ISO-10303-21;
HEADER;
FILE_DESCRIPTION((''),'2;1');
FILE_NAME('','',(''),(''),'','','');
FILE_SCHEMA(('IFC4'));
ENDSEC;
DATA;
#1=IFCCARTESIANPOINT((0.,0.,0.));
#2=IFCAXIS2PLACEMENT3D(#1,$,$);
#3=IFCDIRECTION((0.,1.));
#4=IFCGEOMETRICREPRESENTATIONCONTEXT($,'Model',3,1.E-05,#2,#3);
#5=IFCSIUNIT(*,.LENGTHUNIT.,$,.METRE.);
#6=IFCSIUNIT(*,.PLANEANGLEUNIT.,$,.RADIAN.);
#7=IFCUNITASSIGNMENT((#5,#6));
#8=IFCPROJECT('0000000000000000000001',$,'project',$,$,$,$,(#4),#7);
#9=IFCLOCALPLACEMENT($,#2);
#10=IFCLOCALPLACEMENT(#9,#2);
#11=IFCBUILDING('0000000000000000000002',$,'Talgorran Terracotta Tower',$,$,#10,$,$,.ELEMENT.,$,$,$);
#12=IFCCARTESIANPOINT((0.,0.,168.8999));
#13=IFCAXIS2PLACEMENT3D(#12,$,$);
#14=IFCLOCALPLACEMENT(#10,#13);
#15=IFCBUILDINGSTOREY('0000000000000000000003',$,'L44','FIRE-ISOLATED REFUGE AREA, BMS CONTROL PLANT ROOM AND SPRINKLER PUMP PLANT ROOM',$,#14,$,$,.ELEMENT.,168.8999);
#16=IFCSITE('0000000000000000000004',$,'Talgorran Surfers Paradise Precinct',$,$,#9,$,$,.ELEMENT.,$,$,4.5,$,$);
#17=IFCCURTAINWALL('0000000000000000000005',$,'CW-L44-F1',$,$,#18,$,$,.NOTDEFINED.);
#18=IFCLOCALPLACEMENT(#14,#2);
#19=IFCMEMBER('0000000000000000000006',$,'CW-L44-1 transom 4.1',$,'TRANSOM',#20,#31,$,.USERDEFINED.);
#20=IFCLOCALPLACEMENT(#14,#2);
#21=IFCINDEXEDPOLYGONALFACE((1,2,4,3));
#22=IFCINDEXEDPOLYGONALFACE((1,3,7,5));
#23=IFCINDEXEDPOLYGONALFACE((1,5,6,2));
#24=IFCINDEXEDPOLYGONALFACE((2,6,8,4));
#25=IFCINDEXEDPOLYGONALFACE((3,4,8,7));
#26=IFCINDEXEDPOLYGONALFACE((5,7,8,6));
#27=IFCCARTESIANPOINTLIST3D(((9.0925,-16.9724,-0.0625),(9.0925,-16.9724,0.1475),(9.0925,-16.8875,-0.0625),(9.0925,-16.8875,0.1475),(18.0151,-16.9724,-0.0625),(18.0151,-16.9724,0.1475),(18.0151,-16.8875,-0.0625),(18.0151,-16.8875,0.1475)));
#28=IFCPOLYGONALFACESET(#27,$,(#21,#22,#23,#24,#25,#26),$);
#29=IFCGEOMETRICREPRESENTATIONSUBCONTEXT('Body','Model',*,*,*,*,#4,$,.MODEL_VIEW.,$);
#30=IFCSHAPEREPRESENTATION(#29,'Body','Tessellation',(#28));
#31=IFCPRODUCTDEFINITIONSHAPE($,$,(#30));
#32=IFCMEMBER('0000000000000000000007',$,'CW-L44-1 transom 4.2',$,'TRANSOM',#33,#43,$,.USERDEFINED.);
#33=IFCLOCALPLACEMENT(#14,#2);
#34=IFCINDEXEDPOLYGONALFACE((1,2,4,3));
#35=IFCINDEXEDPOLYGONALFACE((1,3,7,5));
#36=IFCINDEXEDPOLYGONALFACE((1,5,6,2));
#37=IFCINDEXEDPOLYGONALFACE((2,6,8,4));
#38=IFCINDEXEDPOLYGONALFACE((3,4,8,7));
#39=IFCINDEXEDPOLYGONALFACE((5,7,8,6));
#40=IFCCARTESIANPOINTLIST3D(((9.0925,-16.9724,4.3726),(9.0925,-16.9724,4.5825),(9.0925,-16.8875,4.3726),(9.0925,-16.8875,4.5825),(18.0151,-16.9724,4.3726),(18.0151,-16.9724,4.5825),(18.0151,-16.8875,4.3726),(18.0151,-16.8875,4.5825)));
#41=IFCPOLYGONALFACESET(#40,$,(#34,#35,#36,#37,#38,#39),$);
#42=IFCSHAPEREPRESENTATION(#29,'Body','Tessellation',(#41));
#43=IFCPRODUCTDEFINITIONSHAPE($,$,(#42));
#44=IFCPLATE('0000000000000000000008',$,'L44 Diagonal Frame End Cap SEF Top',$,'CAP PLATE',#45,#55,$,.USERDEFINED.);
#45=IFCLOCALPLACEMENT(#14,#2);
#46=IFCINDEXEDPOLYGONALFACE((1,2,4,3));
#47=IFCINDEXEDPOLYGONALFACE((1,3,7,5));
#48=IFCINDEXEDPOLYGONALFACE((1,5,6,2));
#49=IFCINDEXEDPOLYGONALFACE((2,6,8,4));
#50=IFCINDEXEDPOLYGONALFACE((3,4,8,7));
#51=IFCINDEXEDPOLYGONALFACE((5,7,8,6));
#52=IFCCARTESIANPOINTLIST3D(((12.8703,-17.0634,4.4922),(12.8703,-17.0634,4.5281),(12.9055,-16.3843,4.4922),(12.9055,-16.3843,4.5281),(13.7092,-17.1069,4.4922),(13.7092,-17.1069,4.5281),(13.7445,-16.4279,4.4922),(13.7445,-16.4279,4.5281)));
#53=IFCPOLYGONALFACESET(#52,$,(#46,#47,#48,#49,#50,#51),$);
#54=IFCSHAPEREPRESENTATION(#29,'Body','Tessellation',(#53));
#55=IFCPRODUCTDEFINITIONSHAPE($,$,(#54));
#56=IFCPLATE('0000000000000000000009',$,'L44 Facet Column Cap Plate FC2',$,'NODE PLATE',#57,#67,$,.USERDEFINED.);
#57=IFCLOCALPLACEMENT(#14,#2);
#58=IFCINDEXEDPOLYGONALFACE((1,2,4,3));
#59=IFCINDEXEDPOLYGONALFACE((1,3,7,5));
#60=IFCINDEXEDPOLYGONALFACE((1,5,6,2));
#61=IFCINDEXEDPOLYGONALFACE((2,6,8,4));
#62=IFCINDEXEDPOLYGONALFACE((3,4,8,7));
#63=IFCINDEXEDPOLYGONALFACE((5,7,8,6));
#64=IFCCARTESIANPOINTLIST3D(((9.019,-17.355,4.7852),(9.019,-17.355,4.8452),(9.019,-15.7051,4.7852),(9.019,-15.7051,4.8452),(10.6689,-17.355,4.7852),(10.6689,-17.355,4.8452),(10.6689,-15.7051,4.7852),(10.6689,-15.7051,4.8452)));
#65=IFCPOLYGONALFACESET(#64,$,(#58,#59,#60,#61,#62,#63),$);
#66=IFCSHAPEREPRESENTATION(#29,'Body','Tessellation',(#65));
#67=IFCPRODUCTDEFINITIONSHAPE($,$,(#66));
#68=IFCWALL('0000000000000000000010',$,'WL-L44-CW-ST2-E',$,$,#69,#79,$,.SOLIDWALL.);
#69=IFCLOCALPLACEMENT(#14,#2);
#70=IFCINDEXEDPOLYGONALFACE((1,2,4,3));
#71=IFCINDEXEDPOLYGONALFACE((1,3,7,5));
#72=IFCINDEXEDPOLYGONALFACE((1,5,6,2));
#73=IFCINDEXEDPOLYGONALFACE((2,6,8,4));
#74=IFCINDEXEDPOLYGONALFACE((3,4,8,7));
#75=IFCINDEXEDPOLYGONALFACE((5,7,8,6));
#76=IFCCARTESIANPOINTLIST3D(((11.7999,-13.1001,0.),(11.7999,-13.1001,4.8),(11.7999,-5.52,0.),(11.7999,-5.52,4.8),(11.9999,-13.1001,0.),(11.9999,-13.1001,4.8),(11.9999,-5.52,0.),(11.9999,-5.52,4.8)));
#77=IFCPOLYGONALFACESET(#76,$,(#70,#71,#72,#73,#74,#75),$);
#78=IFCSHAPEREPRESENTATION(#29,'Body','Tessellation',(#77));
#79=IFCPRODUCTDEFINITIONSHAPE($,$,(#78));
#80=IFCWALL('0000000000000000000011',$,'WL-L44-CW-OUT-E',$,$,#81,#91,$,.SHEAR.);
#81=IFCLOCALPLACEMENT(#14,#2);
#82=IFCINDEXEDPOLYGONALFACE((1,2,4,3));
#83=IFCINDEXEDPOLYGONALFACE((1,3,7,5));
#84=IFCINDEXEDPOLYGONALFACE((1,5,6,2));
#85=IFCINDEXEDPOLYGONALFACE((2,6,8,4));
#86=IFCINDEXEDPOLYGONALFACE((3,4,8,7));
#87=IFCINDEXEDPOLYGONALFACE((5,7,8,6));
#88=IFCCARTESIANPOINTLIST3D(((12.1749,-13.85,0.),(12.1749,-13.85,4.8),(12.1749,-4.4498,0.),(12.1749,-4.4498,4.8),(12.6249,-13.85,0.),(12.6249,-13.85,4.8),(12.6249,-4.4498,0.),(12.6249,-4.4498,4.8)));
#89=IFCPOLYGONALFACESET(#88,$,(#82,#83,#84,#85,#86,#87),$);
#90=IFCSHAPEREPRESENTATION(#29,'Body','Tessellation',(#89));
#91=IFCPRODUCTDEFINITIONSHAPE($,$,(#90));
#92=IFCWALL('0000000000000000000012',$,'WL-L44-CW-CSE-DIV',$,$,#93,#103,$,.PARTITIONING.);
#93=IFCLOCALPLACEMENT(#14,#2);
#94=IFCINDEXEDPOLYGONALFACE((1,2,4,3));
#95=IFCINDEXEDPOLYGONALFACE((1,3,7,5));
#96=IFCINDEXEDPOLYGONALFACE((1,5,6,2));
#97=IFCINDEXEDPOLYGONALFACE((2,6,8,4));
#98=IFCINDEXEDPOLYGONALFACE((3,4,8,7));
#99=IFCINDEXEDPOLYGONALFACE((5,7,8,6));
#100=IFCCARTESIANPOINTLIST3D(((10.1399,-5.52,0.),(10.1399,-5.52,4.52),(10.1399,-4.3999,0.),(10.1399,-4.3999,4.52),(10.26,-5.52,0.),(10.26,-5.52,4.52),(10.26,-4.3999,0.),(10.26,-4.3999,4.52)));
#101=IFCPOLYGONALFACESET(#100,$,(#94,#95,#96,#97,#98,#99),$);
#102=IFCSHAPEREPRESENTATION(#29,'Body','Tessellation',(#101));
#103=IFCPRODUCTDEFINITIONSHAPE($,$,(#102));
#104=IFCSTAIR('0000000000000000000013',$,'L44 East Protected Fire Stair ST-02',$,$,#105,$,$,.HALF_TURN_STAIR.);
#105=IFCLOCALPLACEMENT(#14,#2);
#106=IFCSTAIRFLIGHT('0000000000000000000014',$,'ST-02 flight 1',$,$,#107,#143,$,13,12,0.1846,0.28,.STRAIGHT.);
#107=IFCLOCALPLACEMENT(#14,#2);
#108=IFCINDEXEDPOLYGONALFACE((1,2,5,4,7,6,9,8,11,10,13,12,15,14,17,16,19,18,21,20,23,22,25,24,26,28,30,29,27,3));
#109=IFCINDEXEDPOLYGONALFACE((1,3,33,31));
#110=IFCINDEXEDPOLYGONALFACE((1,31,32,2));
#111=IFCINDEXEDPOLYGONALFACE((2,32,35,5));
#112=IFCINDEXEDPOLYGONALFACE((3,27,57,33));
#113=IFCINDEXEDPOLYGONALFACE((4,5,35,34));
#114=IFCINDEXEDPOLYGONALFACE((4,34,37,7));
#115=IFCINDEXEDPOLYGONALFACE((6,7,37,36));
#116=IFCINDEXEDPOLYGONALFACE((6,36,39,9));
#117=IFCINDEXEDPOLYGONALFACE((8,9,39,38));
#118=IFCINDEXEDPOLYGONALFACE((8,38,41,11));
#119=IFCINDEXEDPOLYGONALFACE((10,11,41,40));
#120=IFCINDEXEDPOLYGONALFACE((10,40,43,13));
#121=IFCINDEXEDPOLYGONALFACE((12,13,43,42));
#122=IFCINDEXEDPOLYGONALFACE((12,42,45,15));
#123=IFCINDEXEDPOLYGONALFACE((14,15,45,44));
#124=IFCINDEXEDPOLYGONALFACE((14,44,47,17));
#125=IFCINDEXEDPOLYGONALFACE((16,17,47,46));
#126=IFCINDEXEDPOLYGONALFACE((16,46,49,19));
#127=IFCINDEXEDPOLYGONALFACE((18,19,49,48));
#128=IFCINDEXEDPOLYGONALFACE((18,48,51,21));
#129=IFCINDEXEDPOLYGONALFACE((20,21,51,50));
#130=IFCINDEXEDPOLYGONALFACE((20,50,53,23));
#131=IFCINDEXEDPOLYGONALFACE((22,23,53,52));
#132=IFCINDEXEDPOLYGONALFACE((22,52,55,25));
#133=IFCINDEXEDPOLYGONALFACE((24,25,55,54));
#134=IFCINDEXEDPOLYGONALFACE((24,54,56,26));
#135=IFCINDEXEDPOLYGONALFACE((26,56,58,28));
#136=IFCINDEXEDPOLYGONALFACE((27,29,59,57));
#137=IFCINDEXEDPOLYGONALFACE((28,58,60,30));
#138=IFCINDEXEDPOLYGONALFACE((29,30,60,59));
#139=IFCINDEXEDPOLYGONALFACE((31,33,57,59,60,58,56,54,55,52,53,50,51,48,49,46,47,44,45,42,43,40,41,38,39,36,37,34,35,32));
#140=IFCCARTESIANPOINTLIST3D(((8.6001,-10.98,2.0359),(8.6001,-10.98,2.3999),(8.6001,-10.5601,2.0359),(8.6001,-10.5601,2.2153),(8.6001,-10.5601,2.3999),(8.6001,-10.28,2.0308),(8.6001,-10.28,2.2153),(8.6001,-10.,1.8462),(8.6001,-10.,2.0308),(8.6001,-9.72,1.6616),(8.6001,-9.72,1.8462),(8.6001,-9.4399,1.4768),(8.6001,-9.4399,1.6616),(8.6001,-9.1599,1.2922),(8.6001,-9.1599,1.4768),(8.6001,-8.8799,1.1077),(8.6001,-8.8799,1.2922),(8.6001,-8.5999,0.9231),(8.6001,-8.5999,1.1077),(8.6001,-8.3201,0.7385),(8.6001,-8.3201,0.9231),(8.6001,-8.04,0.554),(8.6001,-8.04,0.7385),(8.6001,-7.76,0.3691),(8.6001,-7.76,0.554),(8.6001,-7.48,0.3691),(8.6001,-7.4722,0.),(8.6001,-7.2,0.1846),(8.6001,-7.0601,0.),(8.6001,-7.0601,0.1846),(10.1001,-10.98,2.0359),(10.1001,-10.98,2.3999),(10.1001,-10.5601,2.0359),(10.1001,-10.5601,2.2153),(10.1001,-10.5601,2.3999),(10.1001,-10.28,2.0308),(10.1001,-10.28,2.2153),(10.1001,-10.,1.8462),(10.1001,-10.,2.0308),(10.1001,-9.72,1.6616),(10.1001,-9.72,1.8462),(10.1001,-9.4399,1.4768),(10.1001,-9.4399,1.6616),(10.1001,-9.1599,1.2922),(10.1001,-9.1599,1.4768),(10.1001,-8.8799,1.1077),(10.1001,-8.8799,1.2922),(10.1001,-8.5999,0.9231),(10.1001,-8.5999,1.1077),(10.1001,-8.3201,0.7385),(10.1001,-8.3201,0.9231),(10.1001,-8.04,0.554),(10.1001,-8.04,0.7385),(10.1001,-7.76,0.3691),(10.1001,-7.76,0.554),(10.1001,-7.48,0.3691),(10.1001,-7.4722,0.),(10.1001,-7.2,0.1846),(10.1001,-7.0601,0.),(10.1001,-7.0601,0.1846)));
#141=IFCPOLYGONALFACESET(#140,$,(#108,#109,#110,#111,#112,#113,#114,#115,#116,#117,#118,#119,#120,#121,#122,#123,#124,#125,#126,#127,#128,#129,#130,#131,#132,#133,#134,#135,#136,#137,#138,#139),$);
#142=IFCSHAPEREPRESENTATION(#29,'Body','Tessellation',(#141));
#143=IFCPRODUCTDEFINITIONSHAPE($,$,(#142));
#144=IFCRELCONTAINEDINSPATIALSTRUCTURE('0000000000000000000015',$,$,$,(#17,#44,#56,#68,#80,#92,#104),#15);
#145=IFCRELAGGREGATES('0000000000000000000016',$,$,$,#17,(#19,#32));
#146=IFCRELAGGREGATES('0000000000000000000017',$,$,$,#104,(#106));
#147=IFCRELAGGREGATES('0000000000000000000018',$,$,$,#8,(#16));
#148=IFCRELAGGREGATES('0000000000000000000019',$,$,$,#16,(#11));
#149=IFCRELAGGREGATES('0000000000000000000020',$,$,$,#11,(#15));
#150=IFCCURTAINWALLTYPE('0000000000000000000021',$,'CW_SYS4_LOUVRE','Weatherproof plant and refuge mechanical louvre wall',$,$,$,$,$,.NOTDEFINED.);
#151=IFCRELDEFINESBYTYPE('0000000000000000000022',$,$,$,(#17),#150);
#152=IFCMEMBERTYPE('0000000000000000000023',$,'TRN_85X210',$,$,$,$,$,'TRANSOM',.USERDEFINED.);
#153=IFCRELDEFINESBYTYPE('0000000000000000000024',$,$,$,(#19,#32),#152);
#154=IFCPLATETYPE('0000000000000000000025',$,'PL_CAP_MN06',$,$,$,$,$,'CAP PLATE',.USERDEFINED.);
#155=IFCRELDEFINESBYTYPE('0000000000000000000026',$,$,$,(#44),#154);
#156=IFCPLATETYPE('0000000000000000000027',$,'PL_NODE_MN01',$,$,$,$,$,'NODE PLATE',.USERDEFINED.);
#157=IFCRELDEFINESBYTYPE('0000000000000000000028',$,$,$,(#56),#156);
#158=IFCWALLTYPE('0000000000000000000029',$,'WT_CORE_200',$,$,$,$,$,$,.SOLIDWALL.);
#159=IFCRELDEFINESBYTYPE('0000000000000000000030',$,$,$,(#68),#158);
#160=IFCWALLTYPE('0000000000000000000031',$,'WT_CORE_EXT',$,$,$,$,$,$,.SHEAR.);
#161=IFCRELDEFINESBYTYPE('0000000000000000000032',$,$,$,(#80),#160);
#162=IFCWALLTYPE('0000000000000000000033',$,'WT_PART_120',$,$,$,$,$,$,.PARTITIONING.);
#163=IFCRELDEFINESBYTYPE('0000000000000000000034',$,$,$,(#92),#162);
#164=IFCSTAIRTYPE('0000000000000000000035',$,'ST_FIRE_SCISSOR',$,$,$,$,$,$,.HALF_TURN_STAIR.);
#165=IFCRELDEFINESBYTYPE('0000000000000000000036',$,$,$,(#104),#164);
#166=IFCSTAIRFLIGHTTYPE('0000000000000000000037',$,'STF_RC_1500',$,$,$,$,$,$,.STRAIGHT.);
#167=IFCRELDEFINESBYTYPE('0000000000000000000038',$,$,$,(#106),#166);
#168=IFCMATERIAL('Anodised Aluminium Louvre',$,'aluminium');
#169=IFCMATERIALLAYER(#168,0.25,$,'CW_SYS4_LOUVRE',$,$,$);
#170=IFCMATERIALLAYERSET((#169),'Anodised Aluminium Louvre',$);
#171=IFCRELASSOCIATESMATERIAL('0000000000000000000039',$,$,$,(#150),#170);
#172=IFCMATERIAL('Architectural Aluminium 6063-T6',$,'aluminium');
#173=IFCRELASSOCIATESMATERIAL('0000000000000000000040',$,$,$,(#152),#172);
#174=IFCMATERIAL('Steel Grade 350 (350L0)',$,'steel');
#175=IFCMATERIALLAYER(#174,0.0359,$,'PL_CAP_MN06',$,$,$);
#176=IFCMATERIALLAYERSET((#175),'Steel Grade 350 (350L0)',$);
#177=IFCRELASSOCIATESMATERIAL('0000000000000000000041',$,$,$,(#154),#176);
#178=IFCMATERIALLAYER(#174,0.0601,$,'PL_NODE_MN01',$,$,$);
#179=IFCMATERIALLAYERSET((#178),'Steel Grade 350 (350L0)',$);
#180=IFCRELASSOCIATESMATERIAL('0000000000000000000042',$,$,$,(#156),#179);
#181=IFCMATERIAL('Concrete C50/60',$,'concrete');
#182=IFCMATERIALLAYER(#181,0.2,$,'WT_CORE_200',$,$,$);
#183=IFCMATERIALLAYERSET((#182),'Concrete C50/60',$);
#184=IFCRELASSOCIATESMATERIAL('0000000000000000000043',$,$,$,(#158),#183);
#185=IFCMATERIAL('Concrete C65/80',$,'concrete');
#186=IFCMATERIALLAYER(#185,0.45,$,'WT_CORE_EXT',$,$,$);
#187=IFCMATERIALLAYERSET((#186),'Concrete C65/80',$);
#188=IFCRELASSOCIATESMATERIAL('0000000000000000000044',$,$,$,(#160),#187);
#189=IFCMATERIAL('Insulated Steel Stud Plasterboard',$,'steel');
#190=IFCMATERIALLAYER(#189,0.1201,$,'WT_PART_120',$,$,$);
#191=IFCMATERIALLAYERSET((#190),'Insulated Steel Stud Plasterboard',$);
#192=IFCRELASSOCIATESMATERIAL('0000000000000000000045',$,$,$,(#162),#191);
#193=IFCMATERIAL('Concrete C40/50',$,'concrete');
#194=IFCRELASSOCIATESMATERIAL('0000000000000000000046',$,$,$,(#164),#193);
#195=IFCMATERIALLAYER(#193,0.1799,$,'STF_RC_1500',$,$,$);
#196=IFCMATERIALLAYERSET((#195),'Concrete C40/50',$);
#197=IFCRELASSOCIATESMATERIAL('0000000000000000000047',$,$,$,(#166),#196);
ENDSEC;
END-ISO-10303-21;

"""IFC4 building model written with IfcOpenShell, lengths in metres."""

from ifc_helpers import new_model, si_unit, direction, frame, frame_2d, origin, origin_2d, place, context, subcontext, project, spatial, polyline, rectangle, outline, extrude, material, layer, layer_set, material_profile, profile_set, type_object, element, aggregate, save


model = new_model("IFC4")

# Units and contexts
model_context = context("Model", 3, precision=1e-05, world=origin(), true_north=direction((0.0, 1.0)))
body_context = subcontext(model_context, "Body", "Model", "MODEL_VIEW")
ifc_project = project(units=[si_unit("LENGTHUNIT", "METRE"), si_unit("PLANEANGLEUNIT", "RADIAN")], contexts=[model_context])

# Site, building, storey
site_placement = place(None, origin())
site = spatial("IfcSite", under=ifc_project, at=site_placement, Name="Talgorran Surfers Paradise Precinct", CompositionType="ELEMENT", RefElevation=4.5)
building_placement = place(site_placement, origin())
building = spatial("IfcBuilding", under=site, at=building_placement, Name="Talgorran Terracotta Tower", CompositionType="ELEMENT")
storey_placement = place(building_placement, frame((0.0, 0.0, 168.8999)))
storey = spatial("IfcBuildingStorey", under=building, at=storey_placement, Name="L44", Description="FIRE-ISOLATED REFUGE AREA, BMS CONTROL PLANT ROOM AND SPRINKLER PUMP PLANT ROOM", CompositionType="ELEMENT", Elevation=168.8999)

# Shared definitions
ifc_material_1 = material(Name="Steel Grade 350 (350L0)", Category="steel")

# Curtain wall, members
ifc_material_2 = material(Name="Anodised Aluminium Louvre", Category="aluminium")
ifc_layer_1 = layer(ifc_material_2, 0.25, Name="CW_SYS4_LOUVRE")
ifc_layer_set_1 = layer_set([ifc_layer_1], Name="Anodised Aluminium Louvre")
curtain_wall_type = type_object("IfcCurtainWallType", Name="CW_SYS4_LOUVRE", Description="Weatherproof plant and refuge mechanical louvre wall", PredefinedType="NOTDEFINED", material=ifc_layer_set_1)
curtain_wall_placement = place(storey_placement, origin())
curtain_wall = element("IfcCurtainWall", 1, at=curtain_wall_placement, inside=storey, type_object=curtain_wall_type, Name="CW-L44-F1", PredefinedType="NOTDEFINED")
ifc_material_3 = material(Name="Architectural Aluminium 6063-T6", Category="aluminium")
ifc_material_profile_1 = material_profile(ifc_material_3, rectangle(XDim=0.085, YDim=0.21, at=origin_2d()), Name="CWT85X210")
ifc_profile_set_1 = profile_set([ifc_material_profile_1], Name="Architectural Aluminium 6063-T6")
member_type_1 = type_object("IfcMemberType", Name="TRN_85X210", ElementType="TRANSOM", PredefinedType="USERDEFINED", material=ifc_profile_set_1)
member_1_placement = place(storey_placement, frame((9.0925, -16.9299, 0.0425), z_axis=(1.0, 0.0, 0.0), x_axis=(0.0, 1.0, 0.0)))
member_1 = element("IfcMember", 2, at=member_1_placement, type_object=member_type_1, Name="CW-L44-1 transom 4.1", ObjectType="TRANSOM", PredefinedType="USERDEFINED", context=body_context, shape_type="SweptSolid", body=[
    extrude(rectangle(XDim=0.085, YDim=0.21, at=origin_2d()), origin(), (0.0, 0.0, 1.0), 8.9226),
])
member_2_placement = place(storey_placement, frame((9.0925, -16.9299, 4.4775), z_axis=(1.0, 0.0, 0.0), x_axis=(0.0, 1.0, 0.0)))
member_2 = element("IfcMember", 3, at=member_2_placement, type_object=member_type_1, Name="CW-L44-1 transom 4.2", ObjectType="TRANSOM", PredefinedType="USERDEFINED", context=body_context, shape_type="SweptSolid", body=[
    extrude(rectangle(XDim=0.085, YDim=0.21, at=origin_2d()), origin(), (0.0, 0.0, 1.0), 8.9226),
])
aggregate(curtain_wall, [member_1, member_2])

# Plates
ifc_layer_2 = layer(ifc_material_1, 0.0359, Name="PL_CAP_MN06")
ifc_layer_set_2 = layer_set([ifc_layer_2], Name="Steel Grade 350 (350L0)")
plate_type_1 = type_object("IfcPlateType", Name="PL_CAP_MN06", ElementType="CAP PLATE", PredefinedType="USERDEFINED", material=ifc_layer_set_2)
plate_1_placement = place(storey_placement, frame((13.3074, -16.7456, 4.4922), z_axis=(0.0, 0.0, 1.0), x_axis=(-0.998657, 0.051813, 0.0)))
element("IfcPlate", 4, at=plate_1_placement, inside=storey, type_object=plate_type_1, Name="L44 Diagonal Frame End Cap SEF Top", ObjectType="CAP PLATE", PredefinedType="USERDEFINED", context=body_context, shape_type="SweptSolid", body=[
    extrude(rectangle(XDim=0.8401, YDim=0.6799, at=origin_2d()), origin(), (0.0, 0.0, 1.0), 0.0359),
])
ifc_layer_3 = layer(ifc_material_1, 0.0601, Name="PL_NODE_MN01")
ifc_layer_set_3 = layer_set([ifc_layer_3], Name="Steel Grade 350 (350L0)")
plate_type_2 = type_object("IfcPlateType", Name="PL_NODE_MN01", ElementType="NODE PLATE", PredefinedType="USERDEFINED", material=ifc_layer_set_3)
plate_2_placement = place(storey_placement, frame((9.844, -16.53, 4.7852), z_axis=(0.0, 0.0, 1.0), x_axis=(1.0, 0.0, 0.0)))
element("IfcPlate", 5, at=plate_2_placement, inside=storey, type_object=plate_type_2, Name="L44 Facet Column Cap Plate FC2", ObjectType="NODE PLATE", PredefinedType="USERDEFINED", context=body_context, shape_type="SweptSolid", body=[
    extrude(rectangle(XDim=1.6499, YDim=1.6499, at=origin_2d()), origin(), (0.0, 0.0, 1.0), 0.0601),
])

# Walls
ifc_material_4 = material(Name="Concrete C50/60", Category="concrete")
ifc_layer_4 = layer(ifc_material_4, 0.2, Name="WT_CORE_200")
ifc_layer_set_4 = layer_set([ifc_layer_4], Name="Concrete C50/60")
wall_type_1 = type_object("IfcWallType", Name="WT_CORE_200", PredefinedType="SOLIDWALL", material=ifc_layer_set_4)
wall_1_placement = place(storey_placement, frame((11.8999, -13.1001, 0.0), z_axis=(0.0, 0.0, 1.0), x_axis=(0.0, 1.0, 0.0)))
element("IfcWall", 6, at=wall_1_placement, inside=storey, type_object=wall_type_1, Name="WL-L44-CW-ST2-E", PredefinedType="SOLIDWALL", context=body_context, shape_type="SweptSolid", body=[
    extrude(rectangle(XDim=7.5801, YDim=0.2, at=frame_2d((3.79, 0.0))), origin(), (0.0, 0.0, 1.0), 4.8),
])
ifc_material_5 = material(Name="Concrete C65/80", Category="concrete")
ifc_layer_5 = layer(ifc_material_5, 0.45, Name="WT_CORE_EXT")
ifc_layer_set_5 = layer_set([ifc_layer_5], Name="Concrete C65/80")
wall_type_2 = type_object("IfcWallType", Name="WT_CORE_EXT", PredefinedType="SHEAR", material=ifc_layer_set_5)
wall_2_placement = place(storey_placement, frame((12.3999, -13.8501, 0.0), z_axis=(0.0, 0.0, 1.0), x_axis=(0.0, 1.0, 0.0)))
element("IfcWall", 7, at=wall_2_placement, inside=storey, type_object=wall_type_2, Name="WL-L44-CW-OUT-E", PredefinedType="SHEAR", context=body_context, shape_type="SweptSolid", body=[
    extrude(rectangle(XDim=9.4001, YDim=0.45, at=frame_2d((4.7002, 0.0))), origin(), (0.0, 0.0, 1.0), 4.8),
])
ifc_material_6 = material(Name="Insulated Steel Stud Plasterboard", Category="steel")
ifc_layer_6 = layer(ifc_material_6, 0.1201, Name="WT_PART_120")
ifc_layer_set_6 = layer_set([ifc_layer_6], Name="Insulated Steel Stud Plasterboard")
wall_type_3 = type_object("IfcWallType", Name="WT_PART_120", PredefinedType="PARTITIONING", material=ifc_layer_set_6)
wall_3_placement = place(storey_placement, frame((10.2, -5.52, 0.0), z_axis=(0.0, 0.0, 1.0), x_axis=(0.0, 1.0, 0.0)))
element("IfcWall", 8, at=wall_3_placement, inside=storey, type_object=wall_type_3, Name="WL-L44-CW-CSE-DIV", PredefinedType="PARTITIONING", context=body_context, shape_type="SweptSolid", body=[
    extrude(rectangle(XDim=1.1201, YDim=0.1201, at=frame_2d((0.5601, 0.0))), origin(), (0.0, 0.0, 1.0), 4.52),
])

# Stair, stair flight
ifc_material_7 = material(Name="Concrete C40/50", Category="concrete")
stair_type = type_object("IfcStairType", Name="ST_FIRE_SCISSOR", PredefinedType="HALF_TURN_STAIR", material=ifc_material_7)
stair_placement = place(storey_placement, origin())
stair = element("IfcStair", 9, at=stair_placement, inside=storey, type_object=stair_type, Name="L44 East Protected Fire Stair ST-02", PredefinedType="HALF_TURN_STAIR")
ifc_layer_7 = layer(ifc_material_7, 0.1799, Name="STF_RC_1500")
ifc_layer_set_7 = layer_set([ifc_layer_7], Name="Concrete C40/50")
stair_flight_type = type_object("IfcStairFlightType", Name="STF_RC_1500", PredefinedType="STRAIGHT", material=ifc_layer_set_7)
stair_flight_1_placement = place(storey_placement, frame((9.3501, -7.2, 0.0), z_axis=(0.0, 0.0, 1.0), x_axis=(0.0, -1.0, 0.0)))
stair_flight_1 = element("IfcStairFlight", 10, at=stair_flight_1_placement, type_object=stair_flight_type, Name="ST-02 flight 1", NumberOfRisers=13, NumberOfTreads=12, PredefinedType="STRAIGHT", RiserHeight=0.1846, TreadLength=0.28, context=body_context, shape_type="SweptSolid", body=[
    extrude(outline(polyline([(-0.1399, 0.0), (-0.1399, 0.1846), (0.0, 0.1846), (0.28, 0.3691), (0.5601, 0.3691), (0.5601, 0.554), (0.8401, 0.554), (0.8401, 0.7385), (1.1201, 0.7385), (1.1201, 0.9231), (1.3999, 0.9231), (1.3999, 1.1077), (1.6799, 1.1077), (1.6799, 1.2922), (1.96, 1.2922), (1.96, 1.4768), (2.24, 1.4768), (2.24, 1.6616), (2.52, 1.6616), (2.52, 1.8462), (2.8, 1.8462), (2.8, 2.0308), (3.0801, 2.0308), (3.0801, 2.2153), (3.3601, 2.2153), (3.3601, 2.3999), (3.78, 2.3999), (3.78, 2.0359), (3.3601, 2.0359), (0.2722, 0.0), (-0.1399, 0.0)])), frame((0.0, 0.75, 0.0), z_axis=(0.0, -1.0, 0.0), x_axis=(1.0, 0.0, 0.0)), (0.0, 0.0, 1.0), 1.5),
])
aggregate(stair, [stair_flight_1])

save(model, "model.ifc")
